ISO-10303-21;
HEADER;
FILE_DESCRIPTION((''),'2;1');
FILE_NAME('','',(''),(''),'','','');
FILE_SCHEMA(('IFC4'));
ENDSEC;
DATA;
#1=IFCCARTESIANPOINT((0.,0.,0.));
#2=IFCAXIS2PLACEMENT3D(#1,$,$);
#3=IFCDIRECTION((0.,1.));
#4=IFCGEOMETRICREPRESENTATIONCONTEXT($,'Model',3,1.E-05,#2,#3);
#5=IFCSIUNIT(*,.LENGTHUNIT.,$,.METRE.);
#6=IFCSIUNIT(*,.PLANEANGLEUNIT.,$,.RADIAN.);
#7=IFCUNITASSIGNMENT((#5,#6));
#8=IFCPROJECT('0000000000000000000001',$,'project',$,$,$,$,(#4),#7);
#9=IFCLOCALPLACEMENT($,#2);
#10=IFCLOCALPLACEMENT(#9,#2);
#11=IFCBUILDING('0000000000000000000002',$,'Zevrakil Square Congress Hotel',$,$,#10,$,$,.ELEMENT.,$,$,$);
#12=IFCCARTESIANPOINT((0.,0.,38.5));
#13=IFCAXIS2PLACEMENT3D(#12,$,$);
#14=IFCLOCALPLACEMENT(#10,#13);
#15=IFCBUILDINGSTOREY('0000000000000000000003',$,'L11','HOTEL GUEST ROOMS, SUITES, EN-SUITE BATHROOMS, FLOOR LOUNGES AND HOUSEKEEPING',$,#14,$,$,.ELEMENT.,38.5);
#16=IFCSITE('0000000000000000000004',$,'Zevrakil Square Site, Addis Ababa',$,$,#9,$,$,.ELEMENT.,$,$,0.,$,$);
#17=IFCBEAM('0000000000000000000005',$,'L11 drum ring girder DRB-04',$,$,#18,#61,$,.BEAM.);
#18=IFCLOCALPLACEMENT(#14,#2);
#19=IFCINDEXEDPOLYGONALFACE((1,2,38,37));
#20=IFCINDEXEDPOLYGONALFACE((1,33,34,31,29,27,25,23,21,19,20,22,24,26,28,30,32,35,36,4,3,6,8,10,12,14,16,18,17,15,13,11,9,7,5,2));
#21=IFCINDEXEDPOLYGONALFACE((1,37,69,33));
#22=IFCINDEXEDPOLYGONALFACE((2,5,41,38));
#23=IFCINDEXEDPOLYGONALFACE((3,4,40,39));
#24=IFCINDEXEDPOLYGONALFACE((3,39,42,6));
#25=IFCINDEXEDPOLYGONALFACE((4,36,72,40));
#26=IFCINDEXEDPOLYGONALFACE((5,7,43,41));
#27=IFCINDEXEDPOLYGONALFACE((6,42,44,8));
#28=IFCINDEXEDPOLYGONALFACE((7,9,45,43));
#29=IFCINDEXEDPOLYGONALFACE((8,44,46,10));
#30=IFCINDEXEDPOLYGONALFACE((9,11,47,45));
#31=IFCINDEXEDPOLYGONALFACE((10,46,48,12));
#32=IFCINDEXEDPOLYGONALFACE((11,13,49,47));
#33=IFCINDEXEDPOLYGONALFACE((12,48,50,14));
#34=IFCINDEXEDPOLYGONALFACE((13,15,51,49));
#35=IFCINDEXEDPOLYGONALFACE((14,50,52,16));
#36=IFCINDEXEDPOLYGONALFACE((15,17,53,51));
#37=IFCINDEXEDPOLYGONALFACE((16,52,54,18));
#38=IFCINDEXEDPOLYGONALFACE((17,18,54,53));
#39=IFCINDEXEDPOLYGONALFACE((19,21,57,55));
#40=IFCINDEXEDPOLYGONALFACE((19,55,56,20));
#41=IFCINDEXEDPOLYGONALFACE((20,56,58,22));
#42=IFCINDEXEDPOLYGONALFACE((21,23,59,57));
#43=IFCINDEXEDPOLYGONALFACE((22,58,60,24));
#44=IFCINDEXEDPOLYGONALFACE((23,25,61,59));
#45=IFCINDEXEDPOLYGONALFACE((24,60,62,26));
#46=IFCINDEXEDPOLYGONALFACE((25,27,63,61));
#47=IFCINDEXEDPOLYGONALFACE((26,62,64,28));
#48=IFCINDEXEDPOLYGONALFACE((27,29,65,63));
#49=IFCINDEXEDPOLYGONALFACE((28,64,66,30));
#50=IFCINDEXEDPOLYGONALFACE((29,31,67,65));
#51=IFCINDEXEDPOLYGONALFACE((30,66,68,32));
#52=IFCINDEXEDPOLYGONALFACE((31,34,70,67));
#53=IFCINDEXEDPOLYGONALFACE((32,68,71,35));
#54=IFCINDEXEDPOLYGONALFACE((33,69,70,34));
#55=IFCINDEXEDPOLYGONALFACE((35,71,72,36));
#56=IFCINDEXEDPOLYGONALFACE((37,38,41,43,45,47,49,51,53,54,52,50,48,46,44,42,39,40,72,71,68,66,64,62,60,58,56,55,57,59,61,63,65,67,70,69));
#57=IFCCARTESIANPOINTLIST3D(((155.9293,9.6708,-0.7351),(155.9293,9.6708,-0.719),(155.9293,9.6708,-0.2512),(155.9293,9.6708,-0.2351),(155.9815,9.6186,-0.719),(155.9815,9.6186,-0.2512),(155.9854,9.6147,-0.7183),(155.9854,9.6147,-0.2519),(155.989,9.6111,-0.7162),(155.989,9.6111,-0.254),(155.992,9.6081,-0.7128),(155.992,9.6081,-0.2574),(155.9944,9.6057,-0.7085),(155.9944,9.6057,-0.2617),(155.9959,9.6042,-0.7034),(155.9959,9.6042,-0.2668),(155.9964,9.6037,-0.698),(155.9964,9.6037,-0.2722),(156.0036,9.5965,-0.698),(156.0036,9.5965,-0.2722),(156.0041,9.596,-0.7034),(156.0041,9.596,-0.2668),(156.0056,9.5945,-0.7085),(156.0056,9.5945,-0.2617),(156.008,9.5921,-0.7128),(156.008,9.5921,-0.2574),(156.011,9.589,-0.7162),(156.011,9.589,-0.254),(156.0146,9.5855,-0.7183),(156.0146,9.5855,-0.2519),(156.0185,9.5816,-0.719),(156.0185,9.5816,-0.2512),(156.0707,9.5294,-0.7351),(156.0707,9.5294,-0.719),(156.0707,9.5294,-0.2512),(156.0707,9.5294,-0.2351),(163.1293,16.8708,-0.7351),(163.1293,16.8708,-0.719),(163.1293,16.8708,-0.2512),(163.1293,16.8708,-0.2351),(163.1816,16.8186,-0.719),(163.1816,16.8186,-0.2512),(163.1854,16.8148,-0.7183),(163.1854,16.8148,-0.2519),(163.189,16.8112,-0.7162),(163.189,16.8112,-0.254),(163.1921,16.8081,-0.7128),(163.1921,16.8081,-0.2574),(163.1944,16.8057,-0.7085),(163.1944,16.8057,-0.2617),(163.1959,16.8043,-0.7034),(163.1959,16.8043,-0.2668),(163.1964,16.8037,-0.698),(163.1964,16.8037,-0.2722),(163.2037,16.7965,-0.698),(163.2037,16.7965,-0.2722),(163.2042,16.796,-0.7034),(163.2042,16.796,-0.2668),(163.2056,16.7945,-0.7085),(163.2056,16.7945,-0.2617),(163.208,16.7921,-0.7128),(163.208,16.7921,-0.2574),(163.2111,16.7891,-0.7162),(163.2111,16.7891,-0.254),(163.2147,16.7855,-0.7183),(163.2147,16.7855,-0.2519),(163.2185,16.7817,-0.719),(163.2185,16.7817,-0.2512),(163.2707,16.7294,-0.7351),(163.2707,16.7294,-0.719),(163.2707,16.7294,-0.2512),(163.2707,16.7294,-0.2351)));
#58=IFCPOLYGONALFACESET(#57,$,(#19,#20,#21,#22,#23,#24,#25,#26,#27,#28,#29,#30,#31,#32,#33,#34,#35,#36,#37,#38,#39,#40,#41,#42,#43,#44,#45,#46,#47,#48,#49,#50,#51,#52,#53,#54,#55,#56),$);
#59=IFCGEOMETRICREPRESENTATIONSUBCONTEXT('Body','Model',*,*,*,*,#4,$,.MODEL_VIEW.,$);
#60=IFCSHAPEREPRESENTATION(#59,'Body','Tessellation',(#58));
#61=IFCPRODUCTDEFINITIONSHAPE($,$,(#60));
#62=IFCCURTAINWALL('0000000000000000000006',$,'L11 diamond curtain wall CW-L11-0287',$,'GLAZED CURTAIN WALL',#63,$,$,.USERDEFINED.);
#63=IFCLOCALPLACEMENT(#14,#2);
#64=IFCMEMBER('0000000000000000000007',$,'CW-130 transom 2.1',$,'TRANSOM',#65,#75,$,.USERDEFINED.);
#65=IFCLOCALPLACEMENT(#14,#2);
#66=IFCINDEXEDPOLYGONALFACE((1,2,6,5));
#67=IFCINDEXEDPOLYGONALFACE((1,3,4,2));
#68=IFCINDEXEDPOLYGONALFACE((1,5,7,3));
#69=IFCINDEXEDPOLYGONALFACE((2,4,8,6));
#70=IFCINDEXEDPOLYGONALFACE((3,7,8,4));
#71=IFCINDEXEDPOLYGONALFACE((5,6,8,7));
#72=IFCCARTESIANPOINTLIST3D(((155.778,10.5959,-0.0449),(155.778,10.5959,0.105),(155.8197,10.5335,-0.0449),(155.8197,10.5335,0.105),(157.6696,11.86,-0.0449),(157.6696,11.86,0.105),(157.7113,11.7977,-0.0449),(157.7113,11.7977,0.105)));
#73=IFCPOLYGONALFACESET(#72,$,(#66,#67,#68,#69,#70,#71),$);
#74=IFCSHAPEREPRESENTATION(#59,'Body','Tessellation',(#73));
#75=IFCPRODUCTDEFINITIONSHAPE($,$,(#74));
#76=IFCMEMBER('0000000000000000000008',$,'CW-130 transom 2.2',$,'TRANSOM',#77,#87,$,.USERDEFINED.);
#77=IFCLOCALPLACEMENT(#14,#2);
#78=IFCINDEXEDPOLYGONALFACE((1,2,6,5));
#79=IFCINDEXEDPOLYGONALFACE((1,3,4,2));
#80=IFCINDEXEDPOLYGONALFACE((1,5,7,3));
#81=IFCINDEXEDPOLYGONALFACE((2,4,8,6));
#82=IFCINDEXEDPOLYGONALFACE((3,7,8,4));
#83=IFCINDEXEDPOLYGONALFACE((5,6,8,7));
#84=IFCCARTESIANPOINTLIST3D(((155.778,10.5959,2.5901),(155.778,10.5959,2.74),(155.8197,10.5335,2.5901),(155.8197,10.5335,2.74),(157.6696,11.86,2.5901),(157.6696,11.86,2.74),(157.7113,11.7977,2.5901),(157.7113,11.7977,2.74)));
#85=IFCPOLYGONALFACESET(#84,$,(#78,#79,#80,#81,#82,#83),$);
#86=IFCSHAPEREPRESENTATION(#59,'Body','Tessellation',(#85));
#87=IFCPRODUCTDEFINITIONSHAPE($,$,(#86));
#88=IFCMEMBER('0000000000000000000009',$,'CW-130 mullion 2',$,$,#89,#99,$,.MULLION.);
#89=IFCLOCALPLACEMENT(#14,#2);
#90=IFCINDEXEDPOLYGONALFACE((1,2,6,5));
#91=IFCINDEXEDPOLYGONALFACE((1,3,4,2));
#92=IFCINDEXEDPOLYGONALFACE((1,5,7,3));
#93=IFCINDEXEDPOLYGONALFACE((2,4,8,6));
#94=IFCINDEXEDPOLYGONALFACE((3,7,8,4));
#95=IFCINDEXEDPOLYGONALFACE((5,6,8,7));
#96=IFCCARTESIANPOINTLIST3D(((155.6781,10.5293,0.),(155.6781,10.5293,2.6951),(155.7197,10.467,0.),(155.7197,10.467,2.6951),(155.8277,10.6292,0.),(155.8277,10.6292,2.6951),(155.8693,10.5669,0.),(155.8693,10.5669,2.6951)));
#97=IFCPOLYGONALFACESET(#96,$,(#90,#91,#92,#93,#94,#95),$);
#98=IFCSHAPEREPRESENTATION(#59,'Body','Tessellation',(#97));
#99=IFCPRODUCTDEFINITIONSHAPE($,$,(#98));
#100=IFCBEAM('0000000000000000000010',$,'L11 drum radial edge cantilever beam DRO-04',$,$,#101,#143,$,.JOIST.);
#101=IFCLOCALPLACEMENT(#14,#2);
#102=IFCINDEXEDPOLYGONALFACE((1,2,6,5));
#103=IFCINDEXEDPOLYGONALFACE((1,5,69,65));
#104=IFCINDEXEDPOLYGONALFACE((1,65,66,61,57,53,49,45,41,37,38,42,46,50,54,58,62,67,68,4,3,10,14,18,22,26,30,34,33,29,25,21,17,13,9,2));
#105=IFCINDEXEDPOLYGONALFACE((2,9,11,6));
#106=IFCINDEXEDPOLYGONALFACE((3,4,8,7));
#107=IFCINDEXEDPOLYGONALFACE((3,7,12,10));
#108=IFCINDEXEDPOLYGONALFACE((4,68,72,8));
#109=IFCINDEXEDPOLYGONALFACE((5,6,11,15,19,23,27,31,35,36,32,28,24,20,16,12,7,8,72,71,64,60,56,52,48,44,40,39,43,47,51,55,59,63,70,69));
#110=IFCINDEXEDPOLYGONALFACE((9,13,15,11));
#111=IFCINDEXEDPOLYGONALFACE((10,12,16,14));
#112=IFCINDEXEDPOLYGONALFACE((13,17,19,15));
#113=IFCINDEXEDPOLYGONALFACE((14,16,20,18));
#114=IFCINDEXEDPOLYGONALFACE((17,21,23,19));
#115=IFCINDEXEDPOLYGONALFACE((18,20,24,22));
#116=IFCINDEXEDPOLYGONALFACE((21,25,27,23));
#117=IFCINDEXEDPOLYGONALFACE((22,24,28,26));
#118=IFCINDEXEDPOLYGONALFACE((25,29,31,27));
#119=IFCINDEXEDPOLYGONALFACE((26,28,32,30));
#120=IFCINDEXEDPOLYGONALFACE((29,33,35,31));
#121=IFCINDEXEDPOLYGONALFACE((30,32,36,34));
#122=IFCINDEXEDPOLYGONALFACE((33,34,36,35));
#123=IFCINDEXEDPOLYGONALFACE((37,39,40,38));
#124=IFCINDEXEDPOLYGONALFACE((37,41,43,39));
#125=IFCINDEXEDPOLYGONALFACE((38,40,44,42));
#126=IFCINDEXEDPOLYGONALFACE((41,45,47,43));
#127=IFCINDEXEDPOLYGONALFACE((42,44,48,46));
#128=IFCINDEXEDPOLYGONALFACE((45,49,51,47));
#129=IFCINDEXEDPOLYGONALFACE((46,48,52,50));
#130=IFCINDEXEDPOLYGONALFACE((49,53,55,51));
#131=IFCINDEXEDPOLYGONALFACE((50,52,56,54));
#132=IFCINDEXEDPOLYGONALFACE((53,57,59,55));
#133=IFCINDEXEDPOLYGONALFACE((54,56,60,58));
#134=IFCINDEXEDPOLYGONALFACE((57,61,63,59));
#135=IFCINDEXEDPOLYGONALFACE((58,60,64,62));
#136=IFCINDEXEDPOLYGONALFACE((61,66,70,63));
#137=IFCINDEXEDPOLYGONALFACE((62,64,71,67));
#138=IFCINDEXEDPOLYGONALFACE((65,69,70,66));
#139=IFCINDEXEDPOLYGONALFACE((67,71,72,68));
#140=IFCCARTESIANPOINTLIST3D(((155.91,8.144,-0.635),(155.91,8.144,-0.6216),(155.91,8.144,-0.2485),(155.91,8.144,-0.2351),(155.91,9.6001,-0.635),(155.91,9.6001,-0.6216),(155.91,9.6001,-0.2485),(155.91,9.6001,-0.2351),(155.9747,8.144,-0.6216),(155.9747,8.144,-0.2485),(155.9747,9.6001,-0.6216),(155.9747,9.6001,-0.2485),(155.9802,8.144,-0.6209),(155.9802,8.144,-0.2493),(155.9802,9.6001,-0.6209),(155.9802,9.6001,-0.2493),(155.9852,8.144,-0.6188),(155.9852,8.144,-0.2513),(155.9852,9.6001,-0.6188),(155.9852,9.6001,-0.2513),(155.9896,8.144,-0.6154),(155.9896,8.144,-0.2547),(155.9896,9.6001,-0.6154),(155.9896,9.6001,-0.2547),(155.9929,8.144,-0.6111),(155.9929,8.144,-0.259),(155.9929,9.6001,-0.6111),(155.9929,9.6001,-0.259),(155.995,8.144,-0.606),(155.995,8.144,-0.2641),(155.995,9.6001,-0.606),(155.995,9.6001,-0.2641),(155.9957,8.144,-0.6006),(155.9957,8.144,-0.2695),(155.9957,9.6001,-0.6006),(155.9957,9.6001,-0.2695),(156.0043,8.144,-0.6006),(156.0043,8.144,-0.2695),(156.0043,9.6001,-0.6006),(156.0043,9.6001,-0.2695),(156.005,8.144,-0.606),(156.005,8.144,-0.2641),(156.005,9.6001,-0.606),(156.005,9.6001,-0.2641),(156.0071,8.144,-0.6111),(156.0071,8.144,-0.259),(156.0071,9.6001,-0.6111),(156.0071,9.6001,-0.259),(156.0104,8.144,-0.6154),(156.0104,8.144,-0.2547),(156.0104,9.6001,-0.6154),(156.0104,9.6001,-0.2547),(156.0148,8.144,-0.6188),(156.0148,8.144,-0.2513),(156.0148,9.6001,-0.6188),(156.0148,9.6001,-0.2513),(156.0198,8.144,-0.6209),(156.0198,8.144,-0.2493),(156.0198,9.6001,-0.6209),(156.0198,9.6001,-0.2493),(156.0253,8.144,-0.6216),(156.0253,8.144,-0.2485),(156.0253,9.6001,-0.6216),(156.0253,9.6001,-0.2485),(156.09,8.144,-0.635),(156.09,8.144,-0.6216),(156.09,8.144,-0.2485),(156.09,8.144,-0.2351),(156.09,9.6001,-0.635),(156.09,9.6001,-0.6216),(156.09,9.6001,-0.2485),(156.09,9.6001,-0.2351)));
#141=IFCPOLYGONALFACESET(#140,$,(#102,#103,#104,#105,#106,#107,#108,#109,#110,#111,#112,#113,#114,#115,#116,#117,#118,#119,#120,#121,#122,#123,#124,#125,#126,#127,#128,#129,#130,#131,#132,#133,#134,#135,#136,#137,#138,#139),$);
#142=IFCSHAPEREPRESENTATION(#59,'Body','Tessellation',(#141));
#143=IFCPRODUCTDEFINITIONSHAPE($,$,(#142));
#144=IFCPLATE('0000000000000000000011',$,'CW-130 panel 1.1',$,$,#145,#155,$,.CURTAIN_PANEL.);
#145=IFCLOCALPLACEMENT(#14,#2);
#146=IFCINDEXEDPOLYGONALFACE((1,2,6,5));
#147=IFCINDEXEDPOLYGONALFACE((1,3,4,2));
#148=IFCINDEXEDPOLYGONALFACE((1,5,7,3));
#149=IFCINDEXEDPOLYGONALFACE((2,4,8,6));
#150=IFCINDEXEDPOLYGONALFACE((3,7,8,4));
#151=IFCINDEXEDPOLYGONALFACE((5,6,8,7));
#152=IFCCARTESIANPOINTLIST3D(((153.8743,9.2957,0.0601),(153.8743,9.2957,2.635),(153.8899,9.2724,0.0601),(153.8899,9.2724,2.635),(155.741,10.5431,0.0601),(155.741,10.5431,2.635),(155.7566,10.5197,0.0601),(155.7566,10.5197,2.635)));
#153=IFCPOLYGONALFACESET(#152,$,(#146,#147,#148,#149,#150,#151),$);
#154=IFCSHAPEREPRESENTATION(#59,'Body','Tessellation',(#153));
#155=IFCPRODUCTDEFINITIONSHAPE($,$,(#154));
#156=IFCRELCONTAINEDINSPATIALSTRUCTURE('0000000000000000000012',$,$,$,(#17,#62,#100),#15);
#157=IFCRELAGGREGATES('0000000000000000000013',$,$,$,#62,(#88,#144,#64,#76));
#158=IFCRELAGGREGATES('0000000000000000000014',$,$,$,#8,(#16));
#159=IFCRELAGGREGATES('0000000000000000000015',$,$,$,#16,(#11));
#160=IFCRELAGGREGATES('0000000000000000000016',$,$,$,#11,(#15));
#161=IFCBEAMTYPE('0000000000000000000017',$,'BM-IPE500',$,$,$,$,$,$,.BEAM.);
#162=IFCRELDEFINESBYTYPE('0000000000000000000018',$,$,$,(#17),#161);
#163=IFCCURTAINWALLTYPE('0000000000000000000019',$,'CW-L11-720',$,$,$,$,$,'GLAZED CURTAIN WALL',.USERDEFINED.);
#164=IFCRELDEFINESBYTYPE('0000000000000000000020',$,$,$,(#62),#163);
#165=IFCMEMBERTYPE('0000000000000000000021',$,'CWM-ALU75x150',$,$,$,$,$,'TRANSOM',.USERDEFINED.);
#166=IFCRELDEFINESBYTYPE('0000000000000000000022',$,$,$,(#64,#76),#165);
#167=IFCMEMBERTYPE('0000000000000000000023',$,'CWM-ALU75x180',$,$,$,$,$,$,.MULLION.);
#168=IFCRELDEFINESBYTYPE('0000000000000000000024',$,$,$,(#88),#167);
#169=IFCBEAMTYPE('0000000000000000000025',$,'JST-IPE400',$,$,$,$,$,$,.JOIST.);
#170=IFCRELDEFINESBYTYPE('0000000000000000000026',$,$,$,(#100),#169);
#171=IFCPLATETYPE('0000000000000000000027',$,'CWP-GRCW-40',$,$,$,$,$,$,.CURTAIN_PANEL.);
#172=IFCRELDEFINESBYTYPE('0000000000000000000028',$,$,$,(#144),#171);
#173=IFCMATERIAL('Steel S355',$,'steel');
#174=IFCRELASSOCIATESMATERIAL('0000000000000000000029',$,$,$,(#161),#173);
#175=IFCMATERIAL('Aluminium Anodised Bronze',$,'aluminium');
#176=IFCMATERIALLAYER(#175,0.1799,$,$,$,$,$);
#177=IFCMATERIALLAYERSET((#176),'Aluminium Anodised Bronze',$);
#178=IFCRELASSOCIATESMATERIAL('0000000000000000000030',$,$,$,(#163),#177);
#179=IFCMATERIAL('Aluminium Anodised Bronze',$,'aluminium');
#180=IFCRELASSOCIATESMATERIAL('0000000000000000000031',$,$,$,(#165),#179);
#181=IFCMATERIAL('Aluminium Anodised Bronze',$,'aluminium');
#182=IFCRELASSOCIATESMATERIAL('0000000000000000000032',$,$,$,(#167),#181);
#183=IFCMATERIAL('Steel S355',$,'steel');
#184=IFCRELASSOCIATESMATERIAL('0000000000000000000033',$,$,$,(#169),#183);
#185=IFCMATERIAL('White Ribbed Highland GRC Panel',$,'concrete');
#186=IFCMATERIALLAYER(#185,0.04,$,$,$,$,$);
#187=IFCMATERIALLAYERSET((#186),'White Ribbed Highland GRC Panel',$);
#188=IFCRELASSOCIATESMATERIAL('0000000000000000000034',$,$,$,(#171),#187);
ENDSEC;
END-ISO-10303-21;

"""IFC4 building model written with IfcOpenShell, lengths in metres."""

from ifc_helpers import new_model, si_unit, direction, frame, origin, origin_2d, place, context, subcontext, project, spatial, rectangle, i_section, extrude, material, layer, layer_set, material_profile, profile_set, type_object, element, aggregate, save


model = new_model("IFC4")

# Units and contexts
model_context = context("Model", 3, precision=1e-05, world=origin(), true_north=direction((0.0, 1.0)))
body_context = subcontext(model_context, "Body", "Model", "MODEL_VIEW")
ifc_project = project(units=[si_unit("LENGTHUNIT", "METRE"), si_unit("PLANEANGLEUNIT", "RADIAN")], contexts=[model_context])

# Site, building, storey
site_placement = place(None, origin())
site = spatial("IfcSite", under=ifc_project, at=site_placement, Name="Zevrakil Square Site, Addis Ababa", CompositionType="ELEMENT", RefElevation=0.0)
building_placement = place(site_placement, origin())
building = spatial("IfcBuilding", under=site, at=building_placement, Name="Zevrakil Square Congress Hotel", CompositionType="ELEMENT")
storey_placement = place(building_placement, frame((0.0, 0.0, 38.5)))
storey = spatial("IfcBuildingStorey", under=building, at=storey_placement, Name="L11", Description="HOTEL GUEST ROOMS, SUITES, EN-SUITE BATHROOMS, FLOOR LOUNGES AND HOUSEKEEPING", CompositionType="ELEMENT", Elevation=38.5)

# Beam
ifc_material_1 = material(Name="Steel S355", Category="steel")
ifc_material_profile_1 = material_profile(ifc_material_1, i_section(OverallWidth=0.2, OverallDepth=0.5, WebThickness=0.0103, FlangeThickness=0.0161, FilletRadius=0.021, at=origin_2d()), Name="IPE 500")
ifc_profile_set_1 = profile_set([ifc_material_profile_1], Name="Steel S355")
beam_type_1 = type_object("IfcBeamType", Name="BM-IPE500", PredefinedType="BEAM", material=ifc_profile_set_1)
beam_1_placement = place(storey_placement, frame((156.0, 9.6001, -0.4851), z_axis=(0.707107, 0.707107, 0.0), x_axis=(-0.707107, 0.707107, 0.0)))
element("IfcBeam", 1, at=beam_1_placement, inside=storey, type_object=beam_type_1, Name="L11 drum ring girder DRB-04", PredefinedType="BEAM", context=body_context, shape_type="SweptSolid", body=[
    extrude(i_section(OverallWidth=0.2, OverallDepth=0.5, WebThickness=0.0103, FlangeThickness=0.0161, FilletRadius=0.021, at=origin_2d()), origin(), (0.0, 0.0, 1.0), 10.1824),
])

# Curtain wall, members
ifc_material_2 = material(Name="Aluminium Anodised Bronze", Category="aluminium")
ifc_layer_1 = layer(ifc_material_2, 0.1799)
ifc_layer_set_1 = layer_set([ifc_layer_1], Name="Aluminium Anodised Bronze")
curtain_wall_type = type_object("IfcCurtainWallType", Name="CW-L11-720", ElementType="GLAZED CURTAIN WALL", PredefinedType="USERDEFINED", material=ifc_layer_set_1)
curtain_wall_placement = place(storey_placement, origin())
curtain_wall = element("IfcCurtainWall", 2, at=curtain_wall_placement, inside=storey, type_object=curtain_wall_type, Name="L11 diamond curtain wall CW-L11-0287", ObjectType="GLAZED CURTAIN WALL", PredefinedType="USERDEFINED")
ifc_material_3 = material(Name="Aluminium Anodised Bronze", Category="aluminium")
ifc_material_profile_2 = material_profile(ifc_material_3, rectangle(XDim=0.075, YDim=0.1499, at=origin_2d()), Name="ALU 75x150")
ifc_profile_set_2 = profile_set([ifc_material_profile_2], Name="Aluminium Anodised Bronze")
member_type_1 = type_object("IfcMemberType", Name="CWM-ALU75x150", ElementType="TRANSOM", PredefinedType="USERDEFINED", material=ifc_profile_set_2)
member_1_placement = place(storey_placement, frame((155.7988, 10.5647, 0.03), z_axis=(0.831422, 0.555641, 0.0), x_axis=(-0.555641, 0.831422, 0.0)))
member_1 = element("IfcMember", 3, at=member_1_placement, type_object=member_type_1, Name="CW-130 transom 2.1", ObjectType="TRANSOM", PredefinedType="USERDEFINED", context=body_context, shape_type="SweptSolid", body=[
    extrude(rectangle(XDim=0.075, YDim=0.1499, at=origin_2d()), origin(), (0.0, 0.0, 1.0), 2.2751),
])
member_2_placement = place(storey_placement, frame((155.7988, 10.5647, 2.665), z_axis=(0.831422, 0.555641, 0.0), x_axis=(-0.555641, 0.831422, 0.0)))
member_2 = element("IfcMember", 4, at=member_2_placement, type_object=member_type_1, Name="CW-130 transom 2.2", ObjectType="TRANSOM", PredefinedType="USERDEFINED", context=body_context, shape_type="SweptSolid", body=[
    extrude(rectangle(XDim=0.075, YDim=0.1499, at=origin_2d()), origin(), (0.0, 0.0, 1.0), 2.2751),
])
ifc_material_4 = material(Name="Aluminium Anodised Bronze", Category="aluminium")
ifc_material_profile_3 = material_profile(ifc_material_4, rectangle(XDim=0.075, YDim=0.1799, at=origin_2d()), Name="ALU 75x180")
ifc_profile_set_3 = profile_set([ifc_material_profile_3], Name="Aluminium Anodised Bronze")
member_type_2 = type_object("IfcMemberType", Name="CWM-ALU75x180", PredefinedType="MULLION", material=ifc_profile_set_3)
member_3_placement = place(storey_placement, frame((155.7737, 10.5481, 0.0), z_axis=(0.0, 0.0, 1.0), x_axis=(-0.555576, 0.831466, 0.0)))
member_3 = element("IfcMember", 5, at=member_3_placement, type_object=member_type_2, Name="CW-130 mullion 2", PredefinedType="MULLION", context=body_context, shape_type="SweptSolid", body=[
    extrude(rectangle(XDim=0.075, YDim=0.1799, at=origin_2d()), origin(), (0.0, 0.0, 1.0), 2.6951),
])

# Beam
ifc_material_5 = material(Name="Steel S355", Category="steel")
ifc_material_profile_4 = material_profile(ifc_material_5, i_section(OverallWidth=0.1799, OverallDepth=0.3999, WebThickness=0.0085, FlangeThickness=0.0134, FilletRadius=0.021, at=origin_2d()), Name="IPE 400")
ifc_profile_set_4 = profile_set([ifc_material_profile_4], Name="Steel S355")
beam_type_2 = type_object("IfcBeamType", Name="JST-IPE400", PredefinedType="JOIST", material=ifc_profile_set_4)
beam_2_placement = place(storey_placement, frame((156.0, 9.6001, -0.4351), z_axis=(0.0, -1.0, 0.0), x_axis=(1.0, 0.0, 0.0)))
element("IfcBeam", 6, at=beam_2_placement, inside=storey, type_object=beam_type_2, Name="L11 drum radial edge cantilever beam DRO-04", PredefinedType="JOIST", context=body_context, shape_type="SweptSolid", body=[
    extrude(i_section(OverallWidth=0.1799, OverallDepth=0.3999, WebThickness=0.0085, FlangeThickness=0.0134, FilletRadius=0.021, at=origin_2d()), origin(), (0.0, 0.0, 1.0), 1.4561),
])

# Plate
ifc_material_6 = material(Name="White Ribbed Highland GRC Panel", Category="concrete")
ifc_layer_2 = layer(ifc_material_6, 0.04)
ifc_layer_set_2 = layer_set([ifc_layer_2], Name="White Ribbed Highland GRC Panel")
plate_type = type_object("IfcPlateType", Name="CWP-GRCW-40", PredefinedType="CURTAIN_PANEL", material=ifc_layer_set_2)
plate_placement = place(storey_placement, frame((154.8154, 9.9077, 0.0601), z_axis=(0.0, 0.0, 1.0), x_axis=(0.831466, 0.555576, 0.0)))
plate = element("IfcPlate", 7, at=plate_placement, type_object=plate_type, Name="CW-130 panel 1.1", PredefinedType="CURTAIN_PANEL", context=body_context, shape_type="SweptSolid", body=[
    extrude(rectangle(XDim=2.2451, YDim=0.0281, at=origin_2d()), origin(), (0.0, 0.0, 1.0), 2.575),
])
aggregate(curtain_wall, [member_3, plate, member_1, member_2])

save(model, "model.ifc")
